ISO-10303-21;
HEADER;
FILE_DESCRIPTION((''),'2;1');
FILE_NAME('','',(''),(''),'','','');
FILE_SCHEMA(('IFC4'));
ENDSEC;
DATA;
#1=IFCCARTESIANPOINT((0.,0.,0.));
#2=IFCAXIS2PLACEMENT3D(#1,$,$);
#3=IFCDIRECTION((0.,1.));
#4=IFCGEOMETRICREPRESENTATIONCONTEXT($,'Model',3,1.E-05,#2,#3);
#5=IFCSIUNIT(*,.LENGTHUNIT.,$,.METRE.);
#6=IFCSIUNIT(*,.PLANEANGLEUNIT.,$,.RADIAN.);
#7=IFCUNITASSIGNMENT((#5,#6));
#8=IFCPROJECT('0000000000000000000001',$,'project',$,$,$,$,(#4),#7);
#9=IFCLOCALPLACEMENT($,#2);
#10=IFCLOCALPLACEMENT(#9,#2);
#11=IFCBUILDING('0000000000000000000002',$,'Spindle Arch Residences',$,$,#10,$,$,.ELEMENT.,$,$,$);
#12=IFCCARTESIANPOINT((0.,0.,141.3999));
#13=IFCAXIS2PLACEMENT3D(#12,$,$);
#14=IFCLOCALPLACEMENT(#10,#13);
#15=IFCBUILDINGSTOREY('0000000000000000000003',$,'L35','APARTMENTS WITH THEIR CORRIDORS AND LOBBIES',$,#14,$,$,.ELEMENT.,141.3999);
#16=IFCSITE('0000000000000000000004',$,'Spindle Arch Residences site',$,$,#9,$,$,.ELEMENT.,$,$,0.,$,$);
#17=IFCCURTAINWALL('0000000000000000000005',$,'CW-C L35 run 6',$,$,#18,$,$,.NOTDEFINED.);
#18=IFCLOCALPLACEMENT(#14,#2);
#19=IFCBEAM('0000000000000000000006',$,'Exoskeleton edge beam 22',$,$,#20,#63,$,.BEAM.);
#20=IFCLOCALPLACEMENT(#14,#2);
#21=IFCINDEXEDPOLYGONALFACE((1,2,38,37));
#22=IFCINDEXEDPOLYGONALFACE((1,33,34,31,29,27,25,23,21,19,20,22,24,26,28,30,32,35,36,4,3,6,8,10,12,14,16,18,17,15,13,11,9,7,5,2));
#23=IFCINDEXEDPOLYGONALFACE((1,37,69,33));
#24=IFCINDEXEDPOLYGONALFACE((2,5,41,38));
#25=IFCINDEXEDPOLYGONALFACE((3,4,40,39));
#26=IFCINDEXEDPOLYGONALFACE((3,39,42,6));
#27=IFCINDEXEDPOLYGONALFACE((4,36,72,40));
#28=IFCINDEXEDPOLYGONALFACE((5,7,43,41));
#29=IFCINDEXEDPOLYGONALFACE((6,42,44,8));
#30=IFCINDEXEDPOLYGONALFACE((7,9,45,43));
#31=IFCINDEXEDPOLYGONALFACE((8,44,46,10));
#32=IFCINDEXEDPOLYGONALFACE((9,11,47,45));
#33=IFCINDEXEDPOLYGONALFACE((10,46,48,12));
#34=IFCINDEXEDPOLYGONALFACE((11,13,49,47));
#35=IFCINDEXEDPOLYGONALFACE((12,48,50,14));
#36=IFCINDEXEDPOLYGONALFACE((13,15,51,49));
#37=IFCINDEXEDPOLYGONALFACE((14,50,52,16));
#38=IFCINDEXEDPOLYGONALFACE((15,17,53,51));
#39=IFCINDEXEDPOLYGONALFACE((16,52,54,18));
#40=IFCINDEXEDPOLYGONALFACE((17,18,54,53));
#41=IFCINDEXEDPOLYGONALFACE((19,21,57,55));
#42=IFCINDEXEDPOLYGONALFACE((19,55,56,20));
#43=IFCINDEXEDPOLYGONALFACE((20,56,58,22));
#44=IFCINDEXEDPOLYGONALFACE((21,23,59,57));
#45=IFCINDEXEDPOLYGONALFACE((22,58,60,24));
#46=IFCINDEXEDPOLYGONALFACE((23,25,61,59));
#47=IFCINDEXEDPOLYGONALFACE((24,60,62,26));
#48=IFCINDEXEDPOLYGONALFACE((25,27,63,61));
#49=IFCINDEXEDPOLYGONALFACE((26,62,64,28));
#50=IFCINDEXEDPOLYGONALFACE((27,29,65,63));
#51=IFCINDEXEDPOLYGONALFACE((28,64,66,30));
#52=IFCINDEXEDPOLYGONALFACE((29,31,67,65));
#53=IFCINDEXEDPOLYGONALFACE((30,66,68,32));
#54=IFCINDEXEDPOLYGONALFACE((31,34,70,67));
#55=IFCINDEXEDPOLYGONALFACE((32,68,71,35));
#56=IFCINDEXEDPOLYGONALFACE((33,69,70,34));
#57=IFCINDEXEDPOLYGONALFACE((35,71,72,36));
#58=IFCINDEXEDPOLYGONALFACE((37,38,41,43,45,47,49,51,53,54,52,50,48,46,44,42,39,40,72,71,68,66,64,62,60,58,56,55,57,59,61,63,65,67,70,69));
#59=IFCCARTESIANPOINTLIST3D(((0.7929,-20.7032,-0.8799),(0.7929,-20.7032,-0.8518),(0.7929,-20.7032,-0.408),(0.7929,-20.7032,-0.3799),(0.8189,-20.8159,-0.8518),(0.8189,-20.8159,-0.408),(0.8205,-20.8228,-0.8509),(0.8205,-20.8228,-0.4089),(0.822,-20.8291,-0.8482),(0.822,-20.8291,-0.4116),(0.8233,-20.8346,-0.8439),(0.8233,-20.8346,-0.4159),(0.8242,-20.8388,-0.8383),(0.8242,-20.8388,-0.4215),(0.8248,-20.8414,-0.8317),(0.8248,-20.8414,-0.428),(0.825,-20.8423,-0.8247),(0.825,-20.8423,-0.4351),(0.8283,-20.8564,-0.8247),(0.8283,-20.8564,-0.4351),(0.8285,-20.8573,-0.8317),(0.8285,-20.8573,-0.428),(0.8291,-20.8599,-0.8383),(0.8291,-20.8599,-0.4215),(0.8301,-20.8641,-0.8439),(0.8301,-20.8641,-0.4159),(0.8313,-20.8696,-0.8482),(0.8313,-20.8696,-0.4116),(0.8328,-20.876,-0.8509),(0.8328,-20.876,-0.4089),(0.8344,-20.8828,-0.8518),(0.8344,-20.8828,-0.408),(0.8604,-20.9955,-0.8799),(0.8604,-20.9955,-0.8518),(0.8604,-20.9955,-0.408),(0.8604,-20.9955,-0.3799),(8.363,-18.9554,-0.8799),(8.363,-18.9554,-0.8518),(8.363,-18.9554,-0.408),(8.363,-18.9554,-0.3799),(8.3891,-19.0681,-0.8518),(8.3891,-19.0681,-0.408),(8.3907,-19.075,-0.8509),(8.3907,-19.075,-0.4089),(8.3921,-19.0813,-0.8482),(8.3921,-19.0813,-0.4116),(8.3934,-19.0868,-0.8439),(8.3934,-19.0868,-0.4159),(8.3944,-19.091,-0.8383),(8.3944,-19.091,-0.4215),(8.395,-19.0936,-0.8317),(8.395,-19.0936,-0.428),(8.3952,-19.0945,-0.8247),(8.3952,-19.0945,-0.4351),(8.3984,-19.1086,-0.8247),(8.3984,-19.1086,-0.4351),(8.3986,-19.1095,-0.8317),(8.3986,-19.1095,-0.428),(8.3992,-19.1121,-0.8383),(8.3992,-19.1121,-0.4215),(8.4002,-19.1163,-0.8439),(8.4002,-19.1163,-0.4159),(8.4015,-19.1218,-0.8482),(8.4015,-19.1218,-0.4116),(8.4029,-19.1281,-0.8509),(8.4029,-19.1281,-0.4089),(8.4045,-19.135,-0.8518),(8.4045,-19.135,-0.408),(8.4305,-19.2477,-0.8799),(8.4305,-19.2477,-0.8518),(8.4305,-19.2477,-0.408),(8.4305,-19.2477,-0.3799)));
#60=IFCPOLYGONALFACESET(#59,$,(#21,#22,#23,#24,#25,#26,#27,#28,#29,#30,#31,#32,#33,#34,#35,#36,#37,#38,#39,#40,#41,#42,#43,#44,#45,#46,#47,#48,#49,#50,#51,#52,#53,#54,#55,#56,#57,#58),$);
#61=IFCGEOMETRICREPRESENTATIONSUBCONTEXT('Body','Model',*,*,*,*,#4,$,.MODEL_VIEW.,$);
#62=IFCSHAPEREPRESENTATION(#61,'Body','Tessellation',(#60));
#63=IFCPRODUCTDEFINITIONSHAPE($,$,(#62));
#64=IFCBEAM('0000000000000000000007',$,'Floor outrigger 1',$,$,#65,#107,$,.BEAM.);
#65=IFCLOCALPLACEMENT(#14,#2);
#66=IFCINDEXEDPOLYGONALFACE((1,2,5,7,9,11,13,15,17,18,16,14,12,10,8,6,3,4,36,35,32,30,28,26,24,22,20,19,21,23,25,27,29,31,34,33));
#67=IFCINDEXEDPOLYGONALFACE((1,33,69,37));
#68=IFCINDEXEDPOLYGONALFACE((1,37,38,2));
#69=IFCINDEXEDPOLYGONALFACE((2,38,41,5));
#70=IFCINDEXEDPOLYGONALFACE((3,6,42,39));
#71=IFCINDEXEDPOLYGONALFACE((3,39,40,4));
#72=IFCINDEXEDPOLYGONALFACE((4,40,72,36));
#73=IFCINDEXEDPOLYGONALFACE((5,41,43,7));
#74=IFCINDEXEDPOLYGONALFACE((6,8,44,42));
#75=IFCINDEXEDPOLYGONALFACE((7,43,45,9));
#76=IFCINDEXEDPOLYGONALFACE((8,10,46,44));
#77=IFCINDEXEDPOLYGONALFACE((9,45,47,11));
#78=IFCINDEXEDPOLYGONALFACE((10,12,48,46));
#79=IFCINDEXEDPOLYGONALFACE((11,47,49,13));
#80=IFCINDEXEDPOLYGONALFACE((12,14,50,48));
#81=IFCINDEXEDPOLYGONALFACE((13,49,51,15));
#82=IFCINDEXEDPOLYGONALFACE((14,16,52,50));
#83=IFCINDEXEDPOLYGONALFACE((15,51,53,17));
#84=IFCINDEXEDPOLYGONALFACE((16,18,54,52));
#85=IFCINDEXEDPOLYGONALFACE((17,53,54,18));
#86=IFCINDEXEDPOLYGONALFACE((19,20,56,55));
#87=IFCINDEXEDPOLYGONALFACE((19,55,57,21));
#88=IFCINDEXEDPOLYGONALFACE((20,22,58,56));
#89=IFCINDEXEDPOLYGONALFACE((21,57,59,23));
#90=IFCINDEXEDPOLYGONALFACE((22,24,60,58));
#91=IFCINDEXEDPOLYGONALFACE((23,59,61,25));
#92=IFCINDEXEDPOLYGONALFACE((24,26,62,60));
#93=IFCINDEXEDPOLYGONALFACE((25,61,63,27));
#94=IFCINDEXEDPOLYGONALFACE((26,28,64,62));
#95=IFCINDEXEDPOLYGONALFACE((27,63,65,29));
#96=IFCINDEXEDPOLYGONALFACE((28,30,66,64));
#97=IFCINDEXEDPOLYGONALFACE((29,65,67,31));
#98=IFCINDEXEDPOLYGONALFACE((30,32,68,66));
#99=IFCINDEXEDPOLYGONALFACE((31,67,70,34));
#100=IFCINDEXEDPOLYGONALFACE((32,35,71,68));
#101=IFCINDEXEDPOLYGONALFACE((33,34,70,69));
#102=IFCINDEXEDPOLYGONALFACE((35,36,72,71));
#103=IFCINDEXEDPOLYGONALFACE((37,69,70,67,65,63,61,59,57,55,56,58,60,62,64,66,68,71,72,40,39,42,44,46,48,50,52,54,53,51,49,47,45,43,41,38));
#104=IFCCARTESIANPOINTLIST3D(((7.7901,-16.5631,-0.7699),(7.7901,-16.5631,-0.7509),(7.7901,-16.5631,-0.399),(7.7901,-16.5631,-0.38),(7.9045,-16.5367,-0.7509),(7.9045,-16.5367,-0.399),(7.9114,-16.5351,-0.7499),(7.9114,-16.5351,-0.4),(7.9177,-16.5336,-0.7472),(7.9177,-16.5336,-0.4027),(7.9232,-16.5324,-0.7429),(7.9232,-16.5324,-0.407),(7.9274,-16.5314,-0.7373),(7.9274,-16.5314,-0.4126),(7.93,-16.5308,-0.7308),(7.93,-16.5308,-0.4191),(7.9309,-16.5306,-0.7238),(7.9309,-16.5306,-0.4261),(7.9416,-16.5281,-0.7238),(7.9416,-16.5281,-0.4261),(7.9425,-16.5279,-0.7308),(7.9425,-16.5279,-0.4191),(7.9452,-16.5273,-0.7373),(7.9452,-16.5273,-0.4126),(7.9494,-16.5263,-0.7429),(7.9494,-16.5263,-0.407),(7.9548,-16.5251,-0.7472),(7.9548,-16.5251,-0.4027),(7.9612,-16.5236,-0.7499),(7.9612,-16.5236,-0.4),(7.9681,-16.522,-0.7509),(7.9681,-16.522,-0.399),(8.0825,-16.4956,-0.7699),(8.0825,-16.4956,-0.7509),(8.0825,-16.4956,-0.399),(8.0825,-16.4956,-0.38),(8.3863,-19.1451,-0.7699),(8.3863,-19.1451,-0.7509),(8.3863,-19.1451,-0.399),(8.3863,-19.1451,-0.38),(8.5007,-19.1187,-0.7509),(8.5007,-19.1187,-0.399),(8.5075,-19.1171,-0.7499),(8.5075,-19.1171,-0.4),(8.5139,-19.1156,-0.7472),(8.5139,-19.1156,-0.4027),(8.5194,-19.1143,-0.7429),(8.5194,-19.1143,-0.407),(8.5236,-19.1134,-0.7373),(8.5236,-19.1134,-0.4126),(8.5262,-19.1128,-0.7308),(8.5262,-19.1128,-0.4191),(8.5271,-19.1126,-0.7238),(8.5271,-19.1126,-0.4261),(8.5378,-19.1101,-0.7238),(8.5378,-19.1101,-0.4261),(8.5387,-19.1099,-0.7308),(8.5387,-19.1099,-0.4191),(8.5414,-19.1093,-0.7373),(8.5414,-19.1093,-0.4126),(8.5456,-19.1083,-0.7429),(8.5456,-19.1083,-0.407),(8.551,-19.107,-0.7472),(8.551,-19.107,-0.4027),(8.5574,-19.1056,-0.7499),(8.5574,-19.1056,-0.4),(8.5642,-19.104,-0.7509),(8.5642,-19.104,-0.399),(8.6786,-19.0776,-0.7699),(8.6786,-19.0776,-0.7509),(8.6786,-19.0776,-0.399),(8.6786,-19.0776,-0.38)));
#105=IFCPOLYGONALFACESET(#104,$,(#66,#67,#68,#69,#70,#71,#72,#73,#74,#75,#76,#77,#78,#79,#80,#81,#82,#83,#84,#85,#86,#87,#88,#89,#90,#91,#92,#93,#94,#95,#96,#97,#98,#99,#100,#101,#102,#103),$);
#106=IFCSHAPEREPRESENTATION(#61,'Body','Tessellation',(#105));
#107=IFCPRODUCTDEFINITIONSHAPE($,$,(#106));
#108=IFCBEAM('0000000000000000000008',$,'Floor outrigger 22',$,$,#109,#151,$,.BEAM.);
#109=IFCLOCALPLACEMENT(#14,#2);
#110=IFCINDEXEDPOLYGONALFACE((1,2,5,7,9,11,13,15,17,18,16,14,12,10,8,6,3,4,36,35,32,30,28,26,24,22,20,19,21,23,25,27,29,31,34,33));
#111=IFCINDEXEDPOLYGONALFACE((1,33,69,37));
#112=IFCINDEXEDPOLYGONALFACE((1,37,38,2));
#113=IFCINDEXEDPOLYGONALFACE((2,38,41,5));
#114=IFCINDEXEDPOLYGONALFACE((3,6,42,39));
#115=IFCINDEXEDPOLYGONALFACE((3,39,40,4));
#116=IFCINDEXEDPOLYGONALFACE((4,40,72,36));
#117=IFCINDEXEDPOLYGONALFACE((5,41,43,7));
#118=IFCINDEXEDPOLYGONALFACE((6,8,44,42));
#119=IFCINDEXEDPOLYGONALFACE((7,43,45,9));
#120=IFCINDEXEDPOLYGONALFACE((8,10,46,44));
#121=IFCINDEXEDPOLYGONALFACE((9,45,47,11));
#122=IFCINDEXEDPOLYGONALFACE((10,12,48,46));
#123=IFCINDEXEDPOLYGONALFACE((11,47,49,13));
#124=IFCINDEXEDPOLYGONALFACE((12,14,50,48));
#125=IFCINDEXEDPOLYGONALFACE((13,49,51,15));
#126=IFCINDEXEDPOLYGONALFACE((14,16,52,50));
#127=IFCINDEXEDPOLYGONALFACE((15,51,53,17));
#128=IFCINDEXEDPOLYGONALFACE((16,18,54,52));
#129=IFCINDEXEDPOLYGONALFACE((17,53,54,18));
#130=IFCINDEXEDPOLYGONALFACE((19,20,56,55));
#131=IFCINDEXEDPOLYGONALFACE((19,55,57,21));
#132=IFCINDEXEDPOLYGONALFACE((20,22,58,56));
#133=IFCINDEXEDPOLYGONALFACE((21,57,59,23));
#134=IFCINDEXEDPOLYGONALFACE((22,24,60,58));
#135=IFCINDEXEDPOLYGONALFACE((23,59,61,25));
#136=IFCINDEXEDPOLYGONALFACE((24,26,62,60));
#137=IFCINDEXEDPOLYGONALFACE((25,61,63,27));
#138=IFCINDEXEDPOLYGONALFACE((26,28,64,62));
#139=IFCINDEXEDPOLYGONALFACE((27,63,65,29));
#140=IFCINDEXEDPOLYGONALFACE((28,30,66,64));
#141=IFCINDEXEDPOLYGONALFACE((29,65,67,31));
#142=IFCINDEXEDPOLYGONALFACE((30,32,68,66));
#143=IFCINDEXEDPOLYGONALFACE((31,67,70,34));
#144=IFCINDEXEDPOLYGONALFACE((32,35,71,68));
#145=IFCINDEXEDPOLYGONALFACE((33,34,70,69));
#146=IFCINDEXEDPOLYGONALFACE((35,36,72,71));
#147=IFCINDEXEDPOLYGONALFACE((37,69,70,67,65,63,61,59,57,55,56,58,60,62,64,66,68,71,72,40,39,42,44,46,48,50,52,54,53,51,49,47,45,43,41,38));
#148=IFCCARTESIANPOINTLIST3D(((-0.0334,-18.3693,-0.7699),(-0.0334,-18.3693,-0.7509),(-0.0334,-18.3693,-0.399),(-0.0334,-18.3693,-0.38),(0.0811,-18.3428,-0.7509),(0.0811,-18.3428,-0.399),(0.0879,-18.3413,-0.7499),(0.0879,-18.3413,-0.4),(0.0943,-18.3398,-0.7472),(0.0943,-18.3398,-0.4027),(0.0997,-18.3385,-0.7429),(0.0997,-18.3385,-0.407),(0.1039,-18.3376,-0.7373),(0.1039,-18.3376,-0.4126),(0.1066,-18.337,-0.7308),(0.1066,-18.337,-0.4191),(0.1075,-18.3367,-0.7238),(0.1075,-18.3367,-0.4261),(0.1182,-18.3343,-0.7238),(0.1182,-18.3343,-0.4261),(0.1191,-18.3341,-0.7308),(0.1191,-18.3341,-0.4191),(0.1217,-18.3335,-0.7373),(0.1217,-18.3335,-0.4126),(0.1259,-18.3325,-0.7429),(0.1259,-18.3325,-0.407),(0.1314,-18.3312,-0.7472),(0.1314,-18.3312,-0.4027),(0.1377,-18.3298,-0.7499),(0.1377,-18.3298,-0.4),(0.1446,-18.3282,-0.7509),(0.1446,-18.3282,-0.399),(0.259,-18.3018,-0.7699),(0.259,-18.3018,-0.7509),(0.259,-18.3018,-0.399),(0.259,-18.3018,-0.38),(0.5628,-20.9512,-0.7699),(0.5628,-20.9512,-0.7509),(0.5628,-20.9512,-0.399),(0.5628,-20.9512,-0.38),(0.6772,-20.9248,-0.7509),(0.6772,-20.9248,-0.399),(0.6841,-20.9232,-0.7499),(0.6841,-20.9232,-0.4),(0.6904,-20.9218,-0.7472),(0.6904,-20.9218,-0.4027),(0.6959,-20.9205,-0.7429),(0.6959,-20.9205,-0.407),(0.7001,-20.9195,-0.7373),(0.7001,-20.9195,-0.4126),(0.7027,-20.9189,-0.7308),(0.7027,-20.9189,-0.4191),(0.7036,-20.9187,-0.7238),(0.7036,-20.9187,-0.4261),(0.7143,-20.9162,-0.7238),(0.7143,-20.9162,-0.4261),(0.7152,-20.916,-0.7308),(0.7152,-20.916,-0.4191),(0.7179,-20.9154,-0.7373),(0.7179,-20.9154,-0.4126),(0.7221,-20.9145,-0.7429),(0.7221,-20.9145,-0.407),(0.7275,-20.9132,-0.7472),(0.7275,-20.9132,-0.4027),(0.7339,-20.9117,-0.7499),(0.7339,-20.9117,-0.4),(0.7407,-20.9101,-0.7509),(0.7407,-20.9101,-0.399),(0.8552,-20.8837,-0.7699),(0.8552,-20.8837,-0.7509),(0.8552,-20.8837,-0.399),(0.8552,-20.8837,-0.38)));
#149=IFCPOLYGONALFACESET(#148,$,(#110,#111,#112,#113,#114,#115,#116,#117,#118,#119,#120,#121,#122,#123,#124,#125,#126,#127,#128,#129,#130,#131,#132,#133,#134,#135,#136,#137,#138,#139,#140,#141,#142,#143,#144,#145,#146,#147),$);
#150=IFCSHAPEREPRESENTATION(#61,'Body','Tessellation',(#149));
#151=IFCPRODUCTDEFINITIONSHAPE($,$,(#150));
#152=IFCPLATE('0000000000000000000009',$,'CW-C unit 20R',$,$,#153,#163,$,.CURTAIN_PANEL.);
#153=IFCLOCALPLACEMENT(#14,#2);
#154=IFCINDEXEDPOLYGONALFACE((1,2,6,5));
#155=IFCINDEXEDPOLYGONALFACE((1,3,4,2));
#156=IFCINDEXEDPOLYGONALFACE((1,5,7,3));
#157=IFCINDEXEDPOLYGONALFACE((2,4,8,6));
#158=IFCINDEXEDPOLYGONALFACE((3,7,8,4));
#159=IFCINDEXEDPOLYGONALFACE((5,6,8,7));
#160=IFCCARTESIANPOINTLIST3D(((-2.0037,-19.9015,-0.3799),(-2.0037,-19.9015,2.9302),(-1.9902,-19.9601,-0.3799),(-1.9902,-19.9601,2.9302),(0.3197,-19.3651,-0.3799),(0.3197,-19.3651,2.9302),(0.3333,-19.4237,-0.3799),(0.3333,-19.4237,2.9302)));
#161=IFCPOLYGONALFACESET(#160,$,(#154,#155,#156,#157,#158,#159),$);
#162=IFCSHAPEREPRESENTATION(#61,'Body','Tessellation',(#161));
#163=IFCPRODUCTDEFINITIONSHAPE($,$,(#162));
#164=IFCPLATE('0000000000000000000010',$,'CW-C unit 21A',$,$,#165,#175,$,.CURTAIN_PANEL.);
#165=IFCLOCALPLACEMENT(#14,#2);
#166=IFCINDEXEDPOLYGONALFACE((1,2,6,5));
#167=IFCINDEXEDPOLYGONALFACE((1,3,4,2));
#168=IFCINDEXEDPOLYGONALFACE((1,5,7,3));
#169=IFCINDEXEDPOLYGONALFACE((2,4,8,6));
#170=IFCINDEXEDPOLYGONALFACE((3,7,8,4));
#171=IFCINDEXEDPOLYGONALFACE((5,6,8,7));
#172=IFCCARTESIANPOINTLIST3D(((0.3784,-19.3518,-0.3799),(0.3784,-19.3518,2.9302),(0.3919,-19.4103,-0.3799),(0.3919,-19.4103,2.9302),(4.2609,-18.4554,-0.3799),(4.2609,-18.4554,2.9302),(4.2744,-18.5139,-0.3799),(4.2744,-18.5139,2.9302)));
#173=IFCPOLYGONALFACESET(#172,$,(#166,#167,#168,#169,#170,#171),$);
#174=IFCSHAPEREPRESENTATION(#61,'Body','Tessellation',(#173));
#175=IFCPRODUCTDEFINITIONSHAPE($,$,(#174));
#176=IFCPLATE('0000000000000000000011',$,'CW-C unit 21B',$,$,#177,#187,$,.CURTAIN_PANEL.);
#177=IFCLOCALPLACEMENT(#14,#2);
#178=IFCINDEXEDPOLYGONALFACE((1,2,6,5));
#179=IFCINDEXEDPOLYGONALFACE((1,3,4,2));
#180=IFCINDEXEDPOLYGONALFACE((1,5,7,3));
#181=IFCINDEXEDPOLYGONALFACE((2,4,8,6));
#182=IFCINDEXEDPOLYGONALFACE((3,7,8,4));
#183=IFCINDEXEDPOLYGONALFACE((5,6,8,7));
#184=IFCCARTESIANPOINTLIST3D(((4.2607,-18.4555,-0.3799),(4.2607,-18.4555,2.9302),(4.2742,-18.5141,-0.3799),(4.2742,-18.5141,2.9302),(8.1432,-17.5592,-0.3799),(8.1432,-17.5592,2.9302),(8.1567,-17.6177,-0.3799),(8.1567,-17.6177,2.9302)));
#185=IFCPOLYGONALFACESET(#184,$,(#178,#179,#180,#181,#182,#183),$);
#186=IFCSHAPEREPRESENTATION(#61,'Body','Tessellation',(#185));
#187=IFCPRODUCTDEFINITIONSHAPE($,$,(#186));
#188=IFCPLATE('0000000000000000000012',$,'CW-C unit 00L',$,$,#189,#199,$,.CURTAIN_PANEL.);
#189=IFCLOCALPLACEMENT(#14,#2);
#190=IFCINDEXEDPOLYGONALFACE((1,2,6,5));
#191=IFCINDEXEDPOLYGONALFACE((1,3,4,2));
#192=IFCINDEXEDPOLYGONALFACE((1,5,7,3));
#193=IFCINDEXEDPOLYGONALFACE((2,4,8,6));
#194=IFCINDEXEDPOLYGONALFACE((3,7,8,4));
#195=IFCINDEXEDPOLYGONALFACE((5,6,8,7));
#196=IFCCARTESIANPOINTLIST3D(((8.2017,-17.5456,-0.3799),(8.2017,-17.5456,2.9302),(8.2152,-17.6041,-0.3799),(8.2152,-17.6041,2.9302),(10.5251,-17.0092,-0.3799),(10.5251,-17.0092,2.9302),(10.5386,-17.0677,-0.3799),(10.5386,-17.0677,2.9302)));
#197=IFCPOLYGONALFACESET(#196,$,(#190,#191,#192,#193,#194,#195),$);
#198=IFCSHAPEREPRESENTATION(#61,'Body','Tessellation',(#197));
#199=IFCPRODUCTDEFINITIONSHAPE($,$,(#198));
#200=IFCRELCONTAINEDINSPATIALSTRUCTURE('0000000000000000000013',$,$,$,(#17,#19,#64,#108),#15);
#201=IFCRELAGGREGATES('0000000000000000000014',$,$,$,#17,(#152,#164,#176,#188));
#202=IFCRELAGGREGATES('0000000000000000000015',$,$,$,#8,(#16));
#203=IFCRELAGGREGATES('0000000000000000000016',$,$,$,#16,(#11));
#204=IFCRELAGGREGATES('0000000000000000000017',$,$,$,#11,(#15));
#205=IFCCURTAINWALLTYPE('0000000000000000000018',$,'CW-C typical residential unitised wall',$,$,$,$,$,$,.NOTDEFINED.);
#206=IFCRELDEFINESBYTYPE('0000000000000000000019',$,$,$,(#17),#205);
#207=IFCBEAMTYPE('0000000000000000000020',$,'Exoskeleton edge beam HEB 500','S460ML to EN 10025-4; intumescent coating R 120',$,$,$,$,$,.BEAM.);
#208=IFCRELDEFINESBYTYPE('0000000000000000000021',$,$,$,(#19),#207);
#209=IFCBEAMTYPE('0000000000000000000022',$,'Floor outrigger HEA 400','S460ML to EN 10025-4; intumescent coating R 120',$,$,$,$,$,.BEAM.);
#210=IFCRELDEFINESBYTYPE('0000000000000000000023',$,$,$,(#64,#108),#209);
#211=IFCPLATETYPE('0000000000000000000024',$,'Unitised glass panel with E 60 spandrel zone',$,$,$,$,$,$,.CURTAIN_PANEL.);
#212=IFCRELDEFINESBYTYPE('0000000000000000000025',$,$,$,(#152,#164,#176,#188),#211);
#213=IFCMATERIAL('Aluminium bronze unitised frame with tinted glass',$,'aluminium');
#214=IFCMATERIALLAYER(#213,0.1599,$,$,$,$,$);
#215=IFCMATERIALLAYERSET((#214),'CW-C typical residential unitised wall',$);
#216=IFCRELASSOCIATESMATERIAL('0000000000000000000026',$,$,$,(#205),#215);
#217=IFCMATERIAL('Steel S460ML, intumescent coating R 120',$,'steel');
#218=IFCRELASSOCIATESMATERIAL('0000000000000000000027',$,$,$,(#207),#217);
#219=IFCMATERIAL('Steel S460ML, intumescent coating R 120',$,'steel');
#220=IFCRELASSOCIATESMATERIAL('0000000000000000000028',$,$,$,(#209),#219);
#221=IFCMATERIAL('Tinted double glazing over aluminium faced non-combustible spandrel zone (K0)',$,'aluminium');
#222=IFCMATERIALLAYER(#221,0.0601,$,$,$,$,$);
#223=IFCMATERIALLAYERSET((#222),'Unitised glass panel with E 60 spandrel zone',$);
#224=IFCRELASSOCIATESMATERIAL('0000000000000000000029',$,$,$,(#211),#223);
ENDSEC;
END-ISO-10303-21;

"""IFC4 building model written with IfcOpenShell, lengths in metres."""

from ifc_helpers import new_model, si_unit, direction, frame, origin, origin_2d, place, context, subcontext, project, spatial, rectangle, i_section, extrude, material, layer, layer_set, material_profile, profile_set, type_object, element, aggregate, save


model = new_model("IFC4")

# Units and contexts
model_context = context("Model", 3, precision=1e-05, world=origin(), true_north=direction((0.0, 1.0)))
body_context = subcontext(model_context, "Body", "Model", "MODEL_VIEW")
ifc_project = project(units=[si_unit("LENGTHUNIT", "METRE"), si_unit("PLANEANGLEUNIT", "RADIAN")], contexts=[model_context])

# Site, building, storey
site_placement = place(None, origin())
site = spatial("IfcSite", under=ifc_project, at=site_placement, Name="Spindle Arch Residences site", CompositionType="ELEMENT", RefElevation=0.0)
building_placement = place(site_placement, origin())
building = spatial("IfcBuilding", under=site, at=building_placement, Name="Spindle Arch Residences", CompositionType="ELEMENT")
storey_placement = place(building_placement, frame((0.0, 0.0, 141.3999)))
storey = spatial("IfcBuildingStorey", under=building, at=storey_placement, Name="L35", Description="APARTMENTS WITH THEIR CORRIDORS AND LOBBIES", CompositionType="ELEMENT", Elevation=141.3999)

# Curtain wall
ifc_material_1 = material(Name="Aluminium bronze unitised frame with tinted glass", Category="aluminium")
ifc_layer_1 = layer(ifc_material_1, 0.1599)
ifc_layer_set_1 = layer_set([ifc_layer_1], Name="CW-C typical residential unitised wall")
curtain_wall_type = type_object("IfcCurtainWallType", Name="CW-C typical residential unitised wall", PredefinedType="NOTDEFINED", material=ifc_layer_set_1)
curtain_wall_placement = place(storey_placement, origin())
curtain_wall = element("IfcCurtainWall", 1, at=curtain_wall_placement, inside=storey, type_object=curtain_wall_type, Name="CW-C L35 run 6", PredefinedType="NOTDEFINED")

# Beams
ifc_material_2 = material(Name="Steel S460ML, intumescent coating R 120", Category="steel")
ifc_material_profile_1 = material_profile(ifc_material_2, i_section(OverallWidth=0.3, OverallDepth=0.5, WebThickness=0.0144, FlangeThickness=0.0281, FilletRadius=0.0271, at=origin_2d()), Name="HEB 500")
ifc_profile_set_1 = profile_set([ifc_material_profile_1], Name="Steel S460ML, intumescent coating R 120")
beam_type_1 = type_object("IfcBeamType", Name="Exoskeleton edge beam HEB 500", Description="S460ML to EN 10025-4; intumescent coating R 120", PredefinedType="BEAM", material=ifc_profile_set_1)
beam_1_placement = place(storey_placement, frame((0.8267, -20.8494, -0.6299), z_axis=(0.974367, 0.224965, 0.0), x_axis=(-0.224965, 0.974367, 0.0)))
element("IfcBeam", 2, at=beam_1_placement, inside=storey, type_object=beam_type_1, Name="Exoskeleton edge beam 22", PredefinedType="BEAM", context=body_context, shape_type="SweptSolid", body=[
    extrude(i_section(OverallWidth=0.3, OverallDepth=0.5, WebThickness=0.0144, FlangeThickness=0.0281, FilletRadius=0.0271, at=origin_2d()), origin(), (0.0, 0.0, 1.0), 7.7693),
])
ifc_material_3 = material(Name="Steel S460ML, intumescent coating R 120", Category="steel")
ifc_material_profile_2 = material_profile(ifc_material_3, i_section(OverallWidth=0.3, OverallDepth=0.3899, WebThickness=0.011, FlangeThickness=0.019, FilletRadius=0.0271, at=origin_2d()), Name="HEA 400")
ifc_profile_set_2 = profile_set([ifc_material_profile_2], Name="Steel S460ML, intumescent coating R 120")
beam_type_2 = type_object("IfcBeamType", Name="Floor outrigger HEA 400", Description="S460ML to EN 10025-4; intumescent coating R 120", PredefinedType="BEAM", material=ifc_profile_set_2)
for number, where, z_axis, x_axis, name in (
    (3, (8.5325, -19.1113, -0.575), (-0.224981, 0.974363, 0.0), (-0.974363, -0.224981, 0.0), "Floor outrigger 1"),
    (4, (0.709, -20.9175, -0.575), (-0.224981, 0.974363, 0.0), (-0.974363, -0.224981, 0.0), "Floor outrigger 22"),
):
    element("IfcBeam", number, at=place(storey_placement, frame(where, z_axis=z_axis, x_axis=x_axis)), inside=storey, type_object=beam_type_2, Name=name, PredefinedType="BEAM", context=body_context, shape_type="SweptSolid", body=[
        extrude(i_section(OverallWidth=0.3, OverallDepth=0.3899, WebThickness=0.011, FlangeThickness=0.019, FilletRadius=0.0271, at=origin_2d()), origin(), (0.0, 0.0, 1.0), 2.6499),
    ])

# Plates
ifc_material_4 = material(Name="Tinted double glazing over aluminium faced non-combustible spandrel zone (K0)", Category="aluminium")
ifc_layer_2 = layer(ifc_material_4, 0.0601)
ifc_layer_set_2 = layer_set([ifc_layer_2], Name="Unitised glass panel with E 60 spandrel zone")
plate_type = type_object("IfcPlateType", Name="Unitised glass panel with E 60 spandrel zone", PredefinedType="CURTAIN_PANEL", material=ifc_layer_set_2)
plate_1_placement = place(storey_placement, frame((-0.8352, -19.6626, -0.3799), z_axis=(0.0, 0.0, 1.0), x_axis=(0.97437, 0.224951, 0.0)))
plate_1 = element("IfcPlate", 5, at=plate_1_placement, type_object=plate_type, Name="CW-C unit 20R", PredefinedType="CURTAIN_PANEL", context=body_context, shape_type="SweptSolid", body=[
    extrude(rectangle(XDim=2.3845, YDim=0.0601, at=origin_2d()), origin(), (0.0, 0.0, 1.0), 3.3101),
])
plate_2_placement = place(storey_placement, frame((2.3264, -18.9329, -0.3799), z_axis=(0.0, 0.0, 1.0), x_axis=(0.97437, 0.224951, 0.0)))
plate_2 = element("IfcPlate", 6, at=plate_2_placement, type_object=plate_type, Name="CW-C unit 21A", PredefinedType="CURTAIN_PANEL", context=body_context, shape_type="SweptSolid", body=[
    extrude(rectangle(XDim=3.9846, YDim=0.0601, at=origin_2d()), origin(), (0.0, 0.0, 1.0), 3.3101),
])
plate_3_placement = place(storey_placement, frame((6.2087, -18.0366, -0.3799), z_axis=(0.0, 0.0, 1.0), x_axis=(0.97437, 0.224951, 0.0)))
plate_3 = element("IfcPlate", 7, at=plate_3_placement, type_object=plate_type, Name="CW-C unit 21B", PredefinedType="CURTAIN_PANEL", context=body_context, shape_type="SweptSolid", body=[
    extrude(rectangle(XDim=3.9846, YDim=0.0601, at=origin_2d()), origin(), (0.0, 0.0, 1.0), 3.3101),
])
plate_4_placement = place(storey_placement, frame((9.3701, -17.3066, -0.3799), z_axis=(0.0, 0.0, 1.0), x_axis=(0.97437, 0.224951, 0.0)))
plate_4 = element("IfcPlate", 8, at=plate_4_placement, type_object=plate_type, Name="CW-C unit 00L", PredefinedType="CURTAIN_PANEL", context=body_context, shape_type="SweptSolid", body=[
    extrude(rectangle(XDim=2.3845, YDim=0.0601, at=origin_2d()), origin(), (0.0, 0.0, 1.0), 3.3101),
])
aggregate(curtain_wall, [plate_1, plate_2, plate_3, plate_4])

save(model, "model.ifc")
